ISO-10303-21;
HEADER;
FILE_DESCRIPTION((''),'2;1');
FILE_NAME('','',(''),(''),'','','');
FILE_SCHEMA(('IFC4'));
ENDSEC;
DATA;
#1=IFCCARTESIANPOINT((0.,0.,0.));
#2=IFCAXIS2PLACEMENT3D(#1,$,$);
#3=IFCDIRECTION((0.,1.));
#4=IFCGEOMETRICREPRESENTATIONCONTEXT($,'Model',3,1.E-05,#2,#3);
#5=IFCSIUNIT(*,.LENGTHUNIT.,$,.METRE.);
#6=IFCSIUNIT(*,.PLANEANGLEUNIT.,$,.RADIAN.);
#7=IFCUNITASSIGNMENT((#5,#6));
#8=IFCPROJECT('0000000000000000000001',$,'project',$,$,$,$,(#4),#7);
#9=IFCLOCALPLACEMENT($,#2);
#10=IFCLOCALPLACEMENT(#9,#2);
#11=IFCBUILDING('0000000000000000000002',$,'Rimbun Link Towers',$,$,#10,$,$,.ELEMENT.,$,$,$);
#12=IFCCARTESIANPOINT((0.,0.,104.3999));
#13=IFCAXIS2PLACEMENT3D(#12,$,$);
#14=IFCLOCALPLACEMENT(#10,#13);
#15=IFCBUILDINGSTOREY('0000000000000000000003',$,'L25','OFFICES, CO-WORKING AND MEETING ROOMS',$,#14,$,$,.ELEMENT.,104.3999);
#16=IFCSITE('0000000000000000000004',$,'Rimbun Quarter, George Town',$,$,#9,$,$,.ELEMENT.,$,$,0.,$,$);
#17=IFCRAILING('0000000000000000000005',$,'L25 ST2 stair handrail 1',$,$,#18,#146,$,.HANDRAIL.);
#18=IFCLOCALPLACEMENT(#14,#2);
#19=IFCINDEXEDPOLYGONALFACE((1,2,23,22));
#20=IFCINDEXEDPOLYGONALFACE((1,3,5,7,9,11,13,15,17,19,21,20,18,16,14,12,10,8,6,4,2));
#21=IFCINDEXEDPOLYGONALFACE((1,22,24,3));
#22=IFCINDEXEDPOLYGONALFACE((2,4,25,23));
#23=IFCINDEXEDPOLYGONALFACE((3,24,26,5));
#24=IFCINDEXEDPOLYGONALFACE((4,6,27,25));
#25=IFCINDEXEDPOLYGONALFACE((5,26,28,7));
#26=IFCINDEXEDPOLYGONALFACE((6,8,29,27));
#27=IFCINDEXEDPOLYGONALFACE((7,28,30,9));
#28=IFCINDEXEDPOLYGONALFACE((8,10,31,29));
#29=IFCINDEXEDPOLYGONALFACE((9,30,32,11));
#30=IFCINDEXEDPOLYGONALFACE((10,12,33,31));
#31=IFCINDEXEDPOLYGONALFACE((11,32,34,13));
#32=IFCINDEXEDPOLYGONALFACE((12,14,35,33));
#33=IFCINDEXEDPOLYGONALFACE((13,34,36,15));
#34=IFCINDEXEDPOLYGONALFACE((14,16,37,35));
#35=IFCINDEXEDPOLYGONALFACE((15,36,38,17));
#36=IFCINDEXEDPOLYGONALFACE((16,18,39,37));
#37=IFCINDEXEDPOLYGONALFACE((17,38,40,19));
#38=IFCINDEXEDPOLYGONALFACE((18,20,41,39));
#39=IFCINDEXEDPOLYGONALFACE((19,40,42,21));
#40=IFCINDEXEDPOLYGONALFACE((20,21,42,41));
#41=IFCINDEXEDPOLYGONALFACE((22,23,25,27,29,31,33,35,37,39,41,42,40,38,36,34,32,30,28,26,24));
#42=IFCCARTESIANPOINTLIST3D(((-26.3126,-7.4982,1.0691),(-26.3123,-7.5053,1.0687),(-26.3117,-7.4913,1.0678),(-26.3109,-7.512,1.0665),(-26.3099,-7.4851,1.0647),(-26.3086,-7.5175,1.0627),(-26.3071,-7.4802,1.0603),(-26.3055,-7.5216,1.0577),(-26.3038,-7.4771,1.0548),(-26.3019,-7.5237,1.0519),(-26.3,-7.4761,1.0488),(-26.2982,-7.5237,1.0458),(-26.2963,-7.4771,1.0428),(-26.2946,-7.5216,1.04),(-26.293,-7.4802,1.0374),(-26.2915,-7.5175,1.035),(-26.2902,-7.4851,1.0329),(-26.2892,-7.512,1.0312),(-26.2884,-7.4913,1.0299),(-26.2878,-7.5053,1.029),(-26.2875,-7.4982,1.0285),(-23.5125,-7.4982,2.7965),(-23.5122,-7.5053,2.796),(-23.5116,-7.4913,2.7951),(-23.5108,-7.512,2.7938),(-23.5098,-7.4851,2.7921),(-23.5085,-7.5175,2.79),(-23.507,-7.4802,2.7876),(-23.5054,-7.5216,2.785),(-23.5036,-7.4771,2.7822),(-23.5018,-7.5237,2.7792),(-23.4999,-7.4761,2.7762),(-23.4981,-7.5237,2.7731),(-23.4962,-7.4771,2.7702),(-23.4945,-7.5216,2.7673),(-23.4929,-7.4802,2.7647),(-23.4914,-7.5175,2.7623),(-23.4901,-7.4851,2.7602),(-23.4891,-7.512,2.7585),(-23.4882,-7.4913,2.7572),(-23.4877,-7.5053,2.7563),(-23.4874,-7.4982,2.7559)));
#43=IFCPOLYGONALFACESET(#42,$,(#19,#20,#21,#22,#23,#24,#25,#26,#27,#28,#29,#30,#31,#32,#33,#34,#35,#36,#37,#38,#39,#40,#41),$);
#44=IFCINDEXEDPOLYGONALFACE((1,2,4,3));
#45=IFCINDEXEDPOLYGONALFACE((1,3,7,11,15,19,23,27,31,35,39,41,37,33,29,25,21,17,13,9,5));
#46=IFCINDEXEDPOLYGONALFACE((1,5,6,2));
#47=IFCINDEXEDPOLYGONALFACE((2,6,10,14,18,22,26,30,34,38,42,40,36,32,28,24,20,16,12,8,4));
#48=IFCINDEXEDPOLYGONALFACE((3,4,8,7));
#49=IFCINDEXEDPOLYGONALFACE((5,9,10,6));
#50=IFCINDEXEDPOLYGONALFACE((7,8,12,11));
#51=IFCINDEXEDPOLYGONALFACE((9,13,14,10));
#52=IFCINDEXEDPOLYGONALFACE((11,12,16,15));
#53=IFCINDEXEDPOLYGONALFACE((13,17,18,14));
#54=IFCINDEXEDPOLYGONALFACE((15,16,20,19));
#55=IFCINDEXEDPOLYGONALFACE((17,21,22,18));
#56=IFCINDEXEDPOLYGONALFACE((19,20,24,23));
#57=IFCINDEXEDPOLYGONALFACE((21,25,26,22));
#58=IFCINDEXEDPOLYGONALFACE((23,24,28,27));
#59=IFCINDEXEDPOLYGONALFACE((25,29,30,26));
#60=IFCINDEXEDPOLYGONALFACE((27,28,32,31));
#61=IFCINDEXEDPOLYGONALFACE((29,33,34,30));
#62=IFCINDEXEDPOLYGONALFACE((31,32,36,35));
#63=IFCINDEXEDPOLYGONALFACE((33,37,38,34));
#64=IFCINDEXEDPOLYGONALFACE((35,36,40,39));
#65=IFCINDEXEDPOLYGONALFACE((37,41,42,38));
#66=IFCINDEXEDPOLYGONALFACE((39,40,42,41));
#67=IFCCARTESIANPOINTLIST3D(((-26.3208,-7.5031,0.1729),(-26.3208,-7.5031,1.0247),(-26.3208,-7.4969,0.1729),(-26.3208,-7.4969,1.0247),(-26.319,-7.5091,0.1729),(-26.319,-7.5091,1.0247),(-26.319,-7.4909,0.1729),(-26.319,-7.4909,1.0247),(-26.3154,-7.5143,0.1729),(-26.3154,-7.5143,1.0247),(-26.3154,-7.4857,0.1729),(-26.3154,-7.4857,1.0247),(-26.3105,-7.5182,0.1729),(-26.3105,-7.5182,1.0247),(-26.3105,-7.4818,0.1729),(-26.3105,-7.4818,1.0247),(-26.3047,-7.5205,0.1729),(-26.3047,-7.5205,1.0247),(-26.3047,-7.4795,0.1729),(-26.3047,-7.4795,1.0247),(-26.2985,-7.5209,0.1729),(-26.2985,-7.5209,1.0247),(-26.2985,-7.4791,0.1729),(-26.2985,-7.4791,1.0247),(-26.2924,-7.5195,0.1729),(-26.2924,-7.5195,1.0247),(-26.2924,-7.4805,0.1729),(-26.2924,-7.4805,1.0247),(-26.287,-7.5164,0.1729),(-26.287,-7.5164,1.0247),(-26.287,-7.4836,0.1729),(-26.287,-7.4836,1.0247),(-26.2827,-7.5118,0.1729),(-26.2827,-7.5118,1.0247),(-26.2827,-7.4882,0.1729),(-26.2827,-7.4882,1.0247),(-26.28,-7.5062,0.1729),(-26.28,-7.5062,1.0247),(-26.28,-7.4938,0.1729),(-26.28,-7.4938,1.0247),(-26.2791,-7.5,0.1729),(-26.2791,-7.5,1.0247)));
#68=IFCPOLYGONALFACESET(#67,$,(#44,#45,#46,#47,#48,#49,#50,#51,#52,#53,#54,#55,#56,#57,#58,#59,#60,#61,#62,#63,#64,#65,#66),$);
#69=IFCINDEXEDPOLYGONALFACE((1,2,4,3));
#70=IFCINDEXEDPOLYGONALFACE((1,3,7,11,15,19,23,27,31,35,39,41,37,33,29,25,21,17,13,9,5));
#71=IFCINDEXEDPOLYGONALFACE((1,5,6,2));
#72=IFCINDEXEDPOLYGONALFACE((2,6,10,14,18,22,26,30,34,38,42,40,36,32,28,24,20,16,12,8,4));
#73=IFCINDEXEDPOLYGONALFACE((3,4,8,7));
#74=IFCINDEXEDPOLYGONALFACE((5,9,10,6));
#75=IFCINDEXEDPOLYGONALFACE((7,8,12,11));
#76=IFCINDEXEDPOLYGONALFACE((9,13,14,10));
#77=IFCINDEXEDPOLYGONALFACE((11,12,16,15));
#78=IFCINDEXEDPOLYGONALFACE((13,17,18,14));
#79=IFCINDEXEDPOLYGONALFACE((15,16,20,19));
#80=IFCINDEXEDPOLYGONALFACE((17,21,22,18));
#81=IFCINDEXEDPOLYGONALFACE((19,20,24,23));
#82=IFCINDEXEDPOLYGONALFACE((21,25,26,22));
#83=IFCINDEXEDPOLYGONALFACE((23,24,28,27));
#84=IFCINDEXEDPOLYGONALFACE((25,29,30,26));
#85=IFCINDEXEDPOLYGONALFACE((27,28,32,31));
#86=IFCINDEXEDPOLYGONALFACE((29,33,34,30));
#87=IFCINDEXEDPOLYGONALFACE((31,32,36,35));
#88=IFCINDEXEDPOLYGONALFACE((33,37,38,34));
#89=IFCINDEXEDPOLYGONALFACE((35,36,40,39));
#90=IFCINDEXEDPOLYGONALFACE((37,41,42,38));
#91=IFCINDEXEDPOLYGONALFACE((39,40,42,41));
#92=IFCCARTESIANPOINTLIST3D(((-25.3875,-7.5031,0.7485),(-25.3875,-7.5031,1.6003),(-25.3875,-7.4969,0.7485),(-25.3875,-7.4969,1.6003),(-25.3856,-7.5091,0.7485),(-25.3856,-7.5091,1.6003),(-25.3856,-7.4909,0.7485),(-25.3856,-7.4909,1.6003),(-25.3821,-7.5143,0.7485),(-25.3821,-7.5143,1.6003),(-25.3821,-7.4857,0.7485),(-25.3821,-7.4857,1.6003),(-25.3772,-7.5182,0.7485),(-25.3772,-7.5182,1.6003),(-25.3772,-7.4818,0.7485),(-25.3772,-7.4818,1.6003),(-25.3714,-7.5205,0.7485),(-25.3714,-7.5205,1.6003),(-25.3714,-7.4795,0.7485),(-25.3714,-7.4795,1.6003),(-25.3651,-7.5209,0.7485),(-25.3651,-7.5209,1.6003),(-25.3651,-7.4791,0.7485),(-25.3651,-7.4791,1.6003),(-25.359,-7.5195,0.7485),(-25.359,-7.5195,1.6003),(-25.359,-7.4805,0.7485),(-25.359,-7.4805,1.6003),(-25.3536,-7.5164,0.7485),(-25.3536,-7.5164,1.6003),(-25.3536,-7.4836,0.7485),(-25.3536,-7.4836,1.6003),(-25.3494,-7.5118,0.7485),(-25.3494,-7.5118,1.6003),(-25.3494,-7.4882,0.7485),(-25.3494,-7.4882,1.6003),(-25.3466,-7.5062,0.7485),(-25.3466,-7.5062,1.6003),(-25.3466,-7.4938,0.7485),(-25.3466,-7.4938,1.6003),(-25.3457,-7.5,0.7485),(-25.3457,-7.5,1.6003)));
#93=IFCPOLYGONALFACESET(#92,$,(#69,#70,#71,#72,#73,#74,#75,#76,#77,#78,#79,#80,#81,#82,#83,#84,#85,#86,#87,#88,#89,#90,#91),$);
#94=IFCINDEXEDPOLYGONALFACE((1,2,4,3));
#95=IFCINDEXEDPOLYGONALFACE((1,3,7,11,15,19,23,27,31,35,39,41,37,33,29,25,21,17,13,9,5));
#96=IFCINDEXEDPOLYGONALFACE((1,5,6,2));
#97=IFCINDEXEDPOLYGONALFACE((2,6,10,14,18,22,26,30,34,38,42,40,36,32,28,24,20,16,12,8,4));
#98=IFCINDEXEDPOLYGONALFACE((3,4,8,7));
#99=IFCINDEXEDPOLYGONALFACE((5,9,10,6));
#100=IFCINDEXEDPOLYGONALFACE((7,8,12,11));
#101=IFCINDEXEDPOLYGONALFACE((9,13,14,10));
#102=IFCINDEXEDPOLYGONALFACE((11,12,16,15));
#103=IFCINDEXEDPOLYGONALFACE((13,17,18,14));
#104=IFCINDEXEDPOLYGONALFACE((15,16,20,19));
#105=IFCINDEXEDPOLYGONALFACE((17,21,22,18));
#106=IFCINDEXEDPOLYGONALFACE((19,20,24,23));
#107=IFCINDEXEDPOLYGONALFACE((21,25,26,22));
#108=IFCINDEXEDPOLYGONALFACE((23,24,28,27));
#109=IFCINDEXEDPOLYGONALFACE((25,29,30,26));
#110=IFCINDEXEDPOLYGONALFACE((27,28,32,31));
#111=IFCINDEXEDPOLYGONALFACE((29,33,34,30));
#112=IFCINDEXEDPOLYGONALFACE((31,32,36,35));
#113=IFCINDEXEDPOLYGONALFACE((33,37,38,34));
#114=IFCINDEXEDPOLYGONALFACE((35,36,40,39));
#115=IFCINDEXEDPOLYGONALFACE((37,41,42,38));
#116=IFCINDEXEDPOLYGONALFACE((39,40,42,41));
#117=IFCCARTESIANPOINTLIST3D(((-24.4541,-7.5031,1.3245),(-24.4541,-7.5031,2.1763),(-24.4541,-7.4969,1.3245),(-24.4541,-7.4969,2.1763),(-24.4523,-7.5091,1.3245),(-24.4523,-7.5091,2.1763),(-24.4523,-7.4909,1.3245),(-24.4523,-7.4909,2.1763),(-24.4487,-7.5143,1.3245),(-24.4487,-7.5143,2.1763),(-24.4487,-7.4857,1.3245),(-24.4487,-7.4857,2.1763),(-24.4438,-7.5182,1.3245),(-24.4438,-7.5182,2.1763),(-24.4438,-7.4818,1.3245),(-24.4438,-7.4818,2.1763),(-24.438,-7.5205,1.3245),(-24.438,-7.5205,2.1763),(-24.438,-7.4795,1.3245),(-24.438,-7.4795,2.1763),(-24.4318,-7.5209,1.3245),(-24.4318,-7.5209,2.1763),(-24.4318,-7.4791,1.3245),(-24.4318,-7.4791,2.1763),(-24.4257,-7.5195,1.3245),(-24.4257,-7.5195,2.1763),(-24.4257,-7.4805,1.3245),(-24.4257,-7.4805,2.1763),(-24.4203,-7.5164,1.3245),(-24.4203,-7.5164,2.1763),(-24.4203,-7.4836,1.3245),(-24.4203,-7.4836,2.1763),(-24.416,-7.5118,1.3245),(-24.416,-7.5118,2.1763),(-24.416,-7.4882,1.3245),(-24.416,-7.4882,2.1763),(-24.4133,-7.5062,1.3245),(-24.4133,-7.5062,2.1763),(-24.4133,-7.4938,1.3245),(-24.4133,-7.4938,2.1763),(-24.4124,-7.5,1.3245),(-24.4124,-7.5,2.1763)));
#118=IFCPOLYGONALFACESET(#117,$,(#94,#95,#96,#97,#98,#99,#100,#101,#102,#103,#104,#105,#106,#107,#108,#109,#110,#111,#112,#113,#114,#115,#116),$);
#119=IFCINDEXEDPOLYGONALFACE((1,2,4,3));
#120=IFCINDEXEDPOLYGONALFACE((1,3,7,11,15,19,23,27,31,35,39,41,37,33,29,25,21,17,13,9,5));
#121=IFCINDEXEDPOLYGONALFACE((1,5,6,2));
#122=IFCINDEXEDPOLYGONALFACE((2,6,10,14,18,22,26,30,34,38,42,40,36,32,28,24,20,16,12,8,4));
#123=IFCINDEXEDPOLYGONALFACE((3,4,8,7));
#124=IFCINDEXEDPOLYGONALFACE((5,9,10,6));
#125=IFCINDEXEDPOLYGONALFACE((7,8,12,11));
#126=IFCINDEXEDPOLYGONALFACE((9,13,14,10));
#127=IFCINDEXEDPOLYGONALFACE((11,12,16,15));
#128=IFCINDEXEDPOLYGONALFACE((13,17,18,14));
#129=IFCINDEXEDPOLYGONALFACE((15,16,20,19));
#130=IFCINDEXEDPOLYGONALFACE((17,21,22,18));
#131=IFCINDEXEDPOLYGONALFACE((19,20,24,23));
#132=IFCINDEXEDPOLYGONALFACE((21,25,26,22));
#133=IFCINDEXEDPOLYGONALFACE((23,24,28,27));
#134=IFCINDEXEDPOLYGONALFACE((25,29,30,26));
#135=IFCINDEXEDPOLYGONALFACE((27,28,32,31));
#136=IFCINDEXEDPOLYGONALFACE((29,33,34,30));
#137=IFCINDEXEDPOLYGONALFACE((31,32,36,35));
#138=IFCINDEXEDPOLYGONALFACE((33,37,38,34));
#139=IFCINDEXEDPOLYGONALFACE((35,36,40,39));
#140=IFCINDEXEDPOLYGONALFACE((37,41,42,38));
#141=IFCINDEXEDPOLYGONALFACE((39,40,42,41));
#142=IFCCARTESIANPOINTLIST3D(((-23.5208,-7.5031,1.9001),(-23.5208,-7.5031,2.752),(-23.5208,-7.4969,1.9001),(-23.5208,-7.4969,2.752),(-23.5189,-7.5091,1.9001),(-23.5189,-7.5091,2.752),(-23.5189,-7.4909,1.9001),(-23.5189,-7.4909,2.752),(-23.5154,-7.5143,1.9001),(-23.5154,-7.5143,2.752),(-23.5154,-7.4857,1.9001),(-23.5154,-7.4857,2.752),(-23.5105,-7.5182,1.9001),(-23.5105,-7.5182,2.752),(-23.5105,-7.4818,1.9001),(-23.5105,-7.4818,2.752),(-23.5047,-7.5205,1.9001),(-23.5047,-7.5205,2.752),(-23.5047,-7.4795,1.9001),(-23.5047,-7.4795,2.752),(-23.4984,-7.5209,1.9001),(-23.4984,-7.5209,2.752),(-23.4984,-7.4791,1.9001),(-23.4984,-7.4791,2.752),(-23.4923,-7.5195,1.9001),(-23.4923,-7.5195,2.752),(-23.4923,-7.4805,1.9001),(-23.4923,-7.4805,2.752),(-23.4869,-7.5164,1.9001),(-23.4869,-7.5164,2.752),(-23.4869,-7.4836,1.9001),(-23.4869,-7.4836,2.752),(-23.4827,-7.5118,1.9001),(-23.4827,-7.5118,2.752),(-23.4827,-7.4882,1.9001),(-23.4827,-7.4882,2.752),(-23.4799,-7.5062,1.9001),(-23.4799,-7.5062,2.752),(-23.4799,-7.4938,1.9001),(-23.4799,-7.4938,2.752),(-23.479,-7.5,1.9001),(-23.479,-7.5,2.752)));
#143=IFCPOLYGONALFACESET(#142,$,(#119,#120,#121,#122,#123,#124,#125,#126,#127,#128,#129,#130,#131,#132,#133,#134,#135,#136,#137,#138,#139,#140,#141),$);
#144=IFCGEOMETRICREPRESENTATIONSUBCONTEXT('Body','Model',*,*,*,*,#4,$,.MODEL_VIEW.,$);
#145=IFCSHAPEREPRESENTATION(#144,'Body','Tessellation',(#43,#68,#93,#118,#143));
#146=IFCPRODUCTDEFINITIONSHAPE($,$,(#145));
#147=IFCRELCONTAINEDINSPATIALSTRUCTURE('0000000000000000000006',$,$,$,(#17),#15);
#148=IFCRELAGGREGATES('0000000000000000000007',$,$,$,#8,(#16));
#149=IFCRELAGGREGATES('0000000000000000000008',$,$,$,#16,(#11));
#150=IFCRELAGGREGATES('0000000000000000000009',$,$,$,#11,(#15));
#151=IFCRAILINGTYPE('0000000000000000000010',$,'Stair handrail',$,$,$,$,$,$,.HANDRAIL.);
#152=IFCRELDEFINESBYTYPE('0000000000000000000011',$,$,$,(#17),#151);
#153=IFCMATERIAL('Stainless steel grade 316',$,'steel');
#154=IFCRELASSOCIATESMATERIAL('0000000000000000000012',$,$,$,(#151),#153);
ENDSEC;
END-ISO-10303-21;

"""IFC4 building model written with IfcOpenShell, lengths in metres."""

from ifc_helpers import new_model, si_unit, direction, frame, origin, origin_2d, place, context, subcontext, project, spatial, circle, extrude, material, type_object, element, save


model = new_model("IFC4")

# Units and contexts
model_context = context("Model", 3, precision=1e-05, world=origin(), true_north=direction((0.0, 1.0)))
body_context = subcontext(model_context, "Body", "Model", "MODEL_VIEW")
ifc_project = project(units=[si_unit("LENGTHUNIT", "METRE"), si_unit("PLANEANGLEUNIT", "RADIAN")], contexts=[model_context])

# Site, building, storey
site_placement = place(None, origin())
site = spatial("IfcSite", under=ifc_project, at=site_placement, Name="Rimbun Quarter, George Town", CompositionType="ELEMENT", RefElevation=0.0)
building_placement = place(site_placement, origin())
building = spatial("IfcBuilding", under=site, at=building_placement, Name="Rimbun Link Towers", CompositionType="ELEMENT")
storey_placement = place(building_placement, frame((0.0, 0.0, 104.3999)))
storey = spatial("IfcBuildingStorey", under=building, at=storey_placement, Name="L25", Description="OFFICES, CO-WORKING AND MEETING ROOMS", CompositionType="ELEMENT", Elevation=104.3999)

# Railing
ifc_material_1 = material(Name="Stainless steel grade 316", Category="steel")
railing_type_1 = type_object("IfcRailingType", Name="Stair handrail", PredefinedType="HANDRAIL", material=ifc_material_1)
railing_1_placement = place(storey_placement, frame((-26.3, -7.5, 0.1729)))
element("IfcRailing", 1, at=railing_1_placement, inside=storey, type_object=railing_type_1, Name="L25 ST2 stair handrail 1", PredefinedType="HANDRAIL", context=body_context, shape_type="SweptSolid", body=[
    extrude(circle(Radius=0.0239, at=origin_2d()), frame((0.0, 0.0, 0.876), z_axis=(0.85109, 0.0, 0.52502), x_axis=(0.0, 1.0, 0.0)), (0.0, 0.0, 1.0), 3.29),
    extrude(circle(Radius=0.021, at=origin_2d()), origin(), (0.0, 0.0, 1.0), 0.8518),
    extrude(circle(Radius=0.021, at=origin_2d()), frame((0.9333, 0.0, 0.5757)), (0.0, 0.0, 1.0), 0.8518),
    extrude(circle(Radius=0.021, at=origin_2d()), frame((1.8667, 0.0, 1.1516)), (0.0, 0.0, 1.0), 0.8518),
    extrude(circle(Radius=0.021, at=origin_2d()), frame((2.8, 0.0, 1.7273)), (0.0, 0.0, 1.0), 0.8518),
])

save(model, "model.ifc")
